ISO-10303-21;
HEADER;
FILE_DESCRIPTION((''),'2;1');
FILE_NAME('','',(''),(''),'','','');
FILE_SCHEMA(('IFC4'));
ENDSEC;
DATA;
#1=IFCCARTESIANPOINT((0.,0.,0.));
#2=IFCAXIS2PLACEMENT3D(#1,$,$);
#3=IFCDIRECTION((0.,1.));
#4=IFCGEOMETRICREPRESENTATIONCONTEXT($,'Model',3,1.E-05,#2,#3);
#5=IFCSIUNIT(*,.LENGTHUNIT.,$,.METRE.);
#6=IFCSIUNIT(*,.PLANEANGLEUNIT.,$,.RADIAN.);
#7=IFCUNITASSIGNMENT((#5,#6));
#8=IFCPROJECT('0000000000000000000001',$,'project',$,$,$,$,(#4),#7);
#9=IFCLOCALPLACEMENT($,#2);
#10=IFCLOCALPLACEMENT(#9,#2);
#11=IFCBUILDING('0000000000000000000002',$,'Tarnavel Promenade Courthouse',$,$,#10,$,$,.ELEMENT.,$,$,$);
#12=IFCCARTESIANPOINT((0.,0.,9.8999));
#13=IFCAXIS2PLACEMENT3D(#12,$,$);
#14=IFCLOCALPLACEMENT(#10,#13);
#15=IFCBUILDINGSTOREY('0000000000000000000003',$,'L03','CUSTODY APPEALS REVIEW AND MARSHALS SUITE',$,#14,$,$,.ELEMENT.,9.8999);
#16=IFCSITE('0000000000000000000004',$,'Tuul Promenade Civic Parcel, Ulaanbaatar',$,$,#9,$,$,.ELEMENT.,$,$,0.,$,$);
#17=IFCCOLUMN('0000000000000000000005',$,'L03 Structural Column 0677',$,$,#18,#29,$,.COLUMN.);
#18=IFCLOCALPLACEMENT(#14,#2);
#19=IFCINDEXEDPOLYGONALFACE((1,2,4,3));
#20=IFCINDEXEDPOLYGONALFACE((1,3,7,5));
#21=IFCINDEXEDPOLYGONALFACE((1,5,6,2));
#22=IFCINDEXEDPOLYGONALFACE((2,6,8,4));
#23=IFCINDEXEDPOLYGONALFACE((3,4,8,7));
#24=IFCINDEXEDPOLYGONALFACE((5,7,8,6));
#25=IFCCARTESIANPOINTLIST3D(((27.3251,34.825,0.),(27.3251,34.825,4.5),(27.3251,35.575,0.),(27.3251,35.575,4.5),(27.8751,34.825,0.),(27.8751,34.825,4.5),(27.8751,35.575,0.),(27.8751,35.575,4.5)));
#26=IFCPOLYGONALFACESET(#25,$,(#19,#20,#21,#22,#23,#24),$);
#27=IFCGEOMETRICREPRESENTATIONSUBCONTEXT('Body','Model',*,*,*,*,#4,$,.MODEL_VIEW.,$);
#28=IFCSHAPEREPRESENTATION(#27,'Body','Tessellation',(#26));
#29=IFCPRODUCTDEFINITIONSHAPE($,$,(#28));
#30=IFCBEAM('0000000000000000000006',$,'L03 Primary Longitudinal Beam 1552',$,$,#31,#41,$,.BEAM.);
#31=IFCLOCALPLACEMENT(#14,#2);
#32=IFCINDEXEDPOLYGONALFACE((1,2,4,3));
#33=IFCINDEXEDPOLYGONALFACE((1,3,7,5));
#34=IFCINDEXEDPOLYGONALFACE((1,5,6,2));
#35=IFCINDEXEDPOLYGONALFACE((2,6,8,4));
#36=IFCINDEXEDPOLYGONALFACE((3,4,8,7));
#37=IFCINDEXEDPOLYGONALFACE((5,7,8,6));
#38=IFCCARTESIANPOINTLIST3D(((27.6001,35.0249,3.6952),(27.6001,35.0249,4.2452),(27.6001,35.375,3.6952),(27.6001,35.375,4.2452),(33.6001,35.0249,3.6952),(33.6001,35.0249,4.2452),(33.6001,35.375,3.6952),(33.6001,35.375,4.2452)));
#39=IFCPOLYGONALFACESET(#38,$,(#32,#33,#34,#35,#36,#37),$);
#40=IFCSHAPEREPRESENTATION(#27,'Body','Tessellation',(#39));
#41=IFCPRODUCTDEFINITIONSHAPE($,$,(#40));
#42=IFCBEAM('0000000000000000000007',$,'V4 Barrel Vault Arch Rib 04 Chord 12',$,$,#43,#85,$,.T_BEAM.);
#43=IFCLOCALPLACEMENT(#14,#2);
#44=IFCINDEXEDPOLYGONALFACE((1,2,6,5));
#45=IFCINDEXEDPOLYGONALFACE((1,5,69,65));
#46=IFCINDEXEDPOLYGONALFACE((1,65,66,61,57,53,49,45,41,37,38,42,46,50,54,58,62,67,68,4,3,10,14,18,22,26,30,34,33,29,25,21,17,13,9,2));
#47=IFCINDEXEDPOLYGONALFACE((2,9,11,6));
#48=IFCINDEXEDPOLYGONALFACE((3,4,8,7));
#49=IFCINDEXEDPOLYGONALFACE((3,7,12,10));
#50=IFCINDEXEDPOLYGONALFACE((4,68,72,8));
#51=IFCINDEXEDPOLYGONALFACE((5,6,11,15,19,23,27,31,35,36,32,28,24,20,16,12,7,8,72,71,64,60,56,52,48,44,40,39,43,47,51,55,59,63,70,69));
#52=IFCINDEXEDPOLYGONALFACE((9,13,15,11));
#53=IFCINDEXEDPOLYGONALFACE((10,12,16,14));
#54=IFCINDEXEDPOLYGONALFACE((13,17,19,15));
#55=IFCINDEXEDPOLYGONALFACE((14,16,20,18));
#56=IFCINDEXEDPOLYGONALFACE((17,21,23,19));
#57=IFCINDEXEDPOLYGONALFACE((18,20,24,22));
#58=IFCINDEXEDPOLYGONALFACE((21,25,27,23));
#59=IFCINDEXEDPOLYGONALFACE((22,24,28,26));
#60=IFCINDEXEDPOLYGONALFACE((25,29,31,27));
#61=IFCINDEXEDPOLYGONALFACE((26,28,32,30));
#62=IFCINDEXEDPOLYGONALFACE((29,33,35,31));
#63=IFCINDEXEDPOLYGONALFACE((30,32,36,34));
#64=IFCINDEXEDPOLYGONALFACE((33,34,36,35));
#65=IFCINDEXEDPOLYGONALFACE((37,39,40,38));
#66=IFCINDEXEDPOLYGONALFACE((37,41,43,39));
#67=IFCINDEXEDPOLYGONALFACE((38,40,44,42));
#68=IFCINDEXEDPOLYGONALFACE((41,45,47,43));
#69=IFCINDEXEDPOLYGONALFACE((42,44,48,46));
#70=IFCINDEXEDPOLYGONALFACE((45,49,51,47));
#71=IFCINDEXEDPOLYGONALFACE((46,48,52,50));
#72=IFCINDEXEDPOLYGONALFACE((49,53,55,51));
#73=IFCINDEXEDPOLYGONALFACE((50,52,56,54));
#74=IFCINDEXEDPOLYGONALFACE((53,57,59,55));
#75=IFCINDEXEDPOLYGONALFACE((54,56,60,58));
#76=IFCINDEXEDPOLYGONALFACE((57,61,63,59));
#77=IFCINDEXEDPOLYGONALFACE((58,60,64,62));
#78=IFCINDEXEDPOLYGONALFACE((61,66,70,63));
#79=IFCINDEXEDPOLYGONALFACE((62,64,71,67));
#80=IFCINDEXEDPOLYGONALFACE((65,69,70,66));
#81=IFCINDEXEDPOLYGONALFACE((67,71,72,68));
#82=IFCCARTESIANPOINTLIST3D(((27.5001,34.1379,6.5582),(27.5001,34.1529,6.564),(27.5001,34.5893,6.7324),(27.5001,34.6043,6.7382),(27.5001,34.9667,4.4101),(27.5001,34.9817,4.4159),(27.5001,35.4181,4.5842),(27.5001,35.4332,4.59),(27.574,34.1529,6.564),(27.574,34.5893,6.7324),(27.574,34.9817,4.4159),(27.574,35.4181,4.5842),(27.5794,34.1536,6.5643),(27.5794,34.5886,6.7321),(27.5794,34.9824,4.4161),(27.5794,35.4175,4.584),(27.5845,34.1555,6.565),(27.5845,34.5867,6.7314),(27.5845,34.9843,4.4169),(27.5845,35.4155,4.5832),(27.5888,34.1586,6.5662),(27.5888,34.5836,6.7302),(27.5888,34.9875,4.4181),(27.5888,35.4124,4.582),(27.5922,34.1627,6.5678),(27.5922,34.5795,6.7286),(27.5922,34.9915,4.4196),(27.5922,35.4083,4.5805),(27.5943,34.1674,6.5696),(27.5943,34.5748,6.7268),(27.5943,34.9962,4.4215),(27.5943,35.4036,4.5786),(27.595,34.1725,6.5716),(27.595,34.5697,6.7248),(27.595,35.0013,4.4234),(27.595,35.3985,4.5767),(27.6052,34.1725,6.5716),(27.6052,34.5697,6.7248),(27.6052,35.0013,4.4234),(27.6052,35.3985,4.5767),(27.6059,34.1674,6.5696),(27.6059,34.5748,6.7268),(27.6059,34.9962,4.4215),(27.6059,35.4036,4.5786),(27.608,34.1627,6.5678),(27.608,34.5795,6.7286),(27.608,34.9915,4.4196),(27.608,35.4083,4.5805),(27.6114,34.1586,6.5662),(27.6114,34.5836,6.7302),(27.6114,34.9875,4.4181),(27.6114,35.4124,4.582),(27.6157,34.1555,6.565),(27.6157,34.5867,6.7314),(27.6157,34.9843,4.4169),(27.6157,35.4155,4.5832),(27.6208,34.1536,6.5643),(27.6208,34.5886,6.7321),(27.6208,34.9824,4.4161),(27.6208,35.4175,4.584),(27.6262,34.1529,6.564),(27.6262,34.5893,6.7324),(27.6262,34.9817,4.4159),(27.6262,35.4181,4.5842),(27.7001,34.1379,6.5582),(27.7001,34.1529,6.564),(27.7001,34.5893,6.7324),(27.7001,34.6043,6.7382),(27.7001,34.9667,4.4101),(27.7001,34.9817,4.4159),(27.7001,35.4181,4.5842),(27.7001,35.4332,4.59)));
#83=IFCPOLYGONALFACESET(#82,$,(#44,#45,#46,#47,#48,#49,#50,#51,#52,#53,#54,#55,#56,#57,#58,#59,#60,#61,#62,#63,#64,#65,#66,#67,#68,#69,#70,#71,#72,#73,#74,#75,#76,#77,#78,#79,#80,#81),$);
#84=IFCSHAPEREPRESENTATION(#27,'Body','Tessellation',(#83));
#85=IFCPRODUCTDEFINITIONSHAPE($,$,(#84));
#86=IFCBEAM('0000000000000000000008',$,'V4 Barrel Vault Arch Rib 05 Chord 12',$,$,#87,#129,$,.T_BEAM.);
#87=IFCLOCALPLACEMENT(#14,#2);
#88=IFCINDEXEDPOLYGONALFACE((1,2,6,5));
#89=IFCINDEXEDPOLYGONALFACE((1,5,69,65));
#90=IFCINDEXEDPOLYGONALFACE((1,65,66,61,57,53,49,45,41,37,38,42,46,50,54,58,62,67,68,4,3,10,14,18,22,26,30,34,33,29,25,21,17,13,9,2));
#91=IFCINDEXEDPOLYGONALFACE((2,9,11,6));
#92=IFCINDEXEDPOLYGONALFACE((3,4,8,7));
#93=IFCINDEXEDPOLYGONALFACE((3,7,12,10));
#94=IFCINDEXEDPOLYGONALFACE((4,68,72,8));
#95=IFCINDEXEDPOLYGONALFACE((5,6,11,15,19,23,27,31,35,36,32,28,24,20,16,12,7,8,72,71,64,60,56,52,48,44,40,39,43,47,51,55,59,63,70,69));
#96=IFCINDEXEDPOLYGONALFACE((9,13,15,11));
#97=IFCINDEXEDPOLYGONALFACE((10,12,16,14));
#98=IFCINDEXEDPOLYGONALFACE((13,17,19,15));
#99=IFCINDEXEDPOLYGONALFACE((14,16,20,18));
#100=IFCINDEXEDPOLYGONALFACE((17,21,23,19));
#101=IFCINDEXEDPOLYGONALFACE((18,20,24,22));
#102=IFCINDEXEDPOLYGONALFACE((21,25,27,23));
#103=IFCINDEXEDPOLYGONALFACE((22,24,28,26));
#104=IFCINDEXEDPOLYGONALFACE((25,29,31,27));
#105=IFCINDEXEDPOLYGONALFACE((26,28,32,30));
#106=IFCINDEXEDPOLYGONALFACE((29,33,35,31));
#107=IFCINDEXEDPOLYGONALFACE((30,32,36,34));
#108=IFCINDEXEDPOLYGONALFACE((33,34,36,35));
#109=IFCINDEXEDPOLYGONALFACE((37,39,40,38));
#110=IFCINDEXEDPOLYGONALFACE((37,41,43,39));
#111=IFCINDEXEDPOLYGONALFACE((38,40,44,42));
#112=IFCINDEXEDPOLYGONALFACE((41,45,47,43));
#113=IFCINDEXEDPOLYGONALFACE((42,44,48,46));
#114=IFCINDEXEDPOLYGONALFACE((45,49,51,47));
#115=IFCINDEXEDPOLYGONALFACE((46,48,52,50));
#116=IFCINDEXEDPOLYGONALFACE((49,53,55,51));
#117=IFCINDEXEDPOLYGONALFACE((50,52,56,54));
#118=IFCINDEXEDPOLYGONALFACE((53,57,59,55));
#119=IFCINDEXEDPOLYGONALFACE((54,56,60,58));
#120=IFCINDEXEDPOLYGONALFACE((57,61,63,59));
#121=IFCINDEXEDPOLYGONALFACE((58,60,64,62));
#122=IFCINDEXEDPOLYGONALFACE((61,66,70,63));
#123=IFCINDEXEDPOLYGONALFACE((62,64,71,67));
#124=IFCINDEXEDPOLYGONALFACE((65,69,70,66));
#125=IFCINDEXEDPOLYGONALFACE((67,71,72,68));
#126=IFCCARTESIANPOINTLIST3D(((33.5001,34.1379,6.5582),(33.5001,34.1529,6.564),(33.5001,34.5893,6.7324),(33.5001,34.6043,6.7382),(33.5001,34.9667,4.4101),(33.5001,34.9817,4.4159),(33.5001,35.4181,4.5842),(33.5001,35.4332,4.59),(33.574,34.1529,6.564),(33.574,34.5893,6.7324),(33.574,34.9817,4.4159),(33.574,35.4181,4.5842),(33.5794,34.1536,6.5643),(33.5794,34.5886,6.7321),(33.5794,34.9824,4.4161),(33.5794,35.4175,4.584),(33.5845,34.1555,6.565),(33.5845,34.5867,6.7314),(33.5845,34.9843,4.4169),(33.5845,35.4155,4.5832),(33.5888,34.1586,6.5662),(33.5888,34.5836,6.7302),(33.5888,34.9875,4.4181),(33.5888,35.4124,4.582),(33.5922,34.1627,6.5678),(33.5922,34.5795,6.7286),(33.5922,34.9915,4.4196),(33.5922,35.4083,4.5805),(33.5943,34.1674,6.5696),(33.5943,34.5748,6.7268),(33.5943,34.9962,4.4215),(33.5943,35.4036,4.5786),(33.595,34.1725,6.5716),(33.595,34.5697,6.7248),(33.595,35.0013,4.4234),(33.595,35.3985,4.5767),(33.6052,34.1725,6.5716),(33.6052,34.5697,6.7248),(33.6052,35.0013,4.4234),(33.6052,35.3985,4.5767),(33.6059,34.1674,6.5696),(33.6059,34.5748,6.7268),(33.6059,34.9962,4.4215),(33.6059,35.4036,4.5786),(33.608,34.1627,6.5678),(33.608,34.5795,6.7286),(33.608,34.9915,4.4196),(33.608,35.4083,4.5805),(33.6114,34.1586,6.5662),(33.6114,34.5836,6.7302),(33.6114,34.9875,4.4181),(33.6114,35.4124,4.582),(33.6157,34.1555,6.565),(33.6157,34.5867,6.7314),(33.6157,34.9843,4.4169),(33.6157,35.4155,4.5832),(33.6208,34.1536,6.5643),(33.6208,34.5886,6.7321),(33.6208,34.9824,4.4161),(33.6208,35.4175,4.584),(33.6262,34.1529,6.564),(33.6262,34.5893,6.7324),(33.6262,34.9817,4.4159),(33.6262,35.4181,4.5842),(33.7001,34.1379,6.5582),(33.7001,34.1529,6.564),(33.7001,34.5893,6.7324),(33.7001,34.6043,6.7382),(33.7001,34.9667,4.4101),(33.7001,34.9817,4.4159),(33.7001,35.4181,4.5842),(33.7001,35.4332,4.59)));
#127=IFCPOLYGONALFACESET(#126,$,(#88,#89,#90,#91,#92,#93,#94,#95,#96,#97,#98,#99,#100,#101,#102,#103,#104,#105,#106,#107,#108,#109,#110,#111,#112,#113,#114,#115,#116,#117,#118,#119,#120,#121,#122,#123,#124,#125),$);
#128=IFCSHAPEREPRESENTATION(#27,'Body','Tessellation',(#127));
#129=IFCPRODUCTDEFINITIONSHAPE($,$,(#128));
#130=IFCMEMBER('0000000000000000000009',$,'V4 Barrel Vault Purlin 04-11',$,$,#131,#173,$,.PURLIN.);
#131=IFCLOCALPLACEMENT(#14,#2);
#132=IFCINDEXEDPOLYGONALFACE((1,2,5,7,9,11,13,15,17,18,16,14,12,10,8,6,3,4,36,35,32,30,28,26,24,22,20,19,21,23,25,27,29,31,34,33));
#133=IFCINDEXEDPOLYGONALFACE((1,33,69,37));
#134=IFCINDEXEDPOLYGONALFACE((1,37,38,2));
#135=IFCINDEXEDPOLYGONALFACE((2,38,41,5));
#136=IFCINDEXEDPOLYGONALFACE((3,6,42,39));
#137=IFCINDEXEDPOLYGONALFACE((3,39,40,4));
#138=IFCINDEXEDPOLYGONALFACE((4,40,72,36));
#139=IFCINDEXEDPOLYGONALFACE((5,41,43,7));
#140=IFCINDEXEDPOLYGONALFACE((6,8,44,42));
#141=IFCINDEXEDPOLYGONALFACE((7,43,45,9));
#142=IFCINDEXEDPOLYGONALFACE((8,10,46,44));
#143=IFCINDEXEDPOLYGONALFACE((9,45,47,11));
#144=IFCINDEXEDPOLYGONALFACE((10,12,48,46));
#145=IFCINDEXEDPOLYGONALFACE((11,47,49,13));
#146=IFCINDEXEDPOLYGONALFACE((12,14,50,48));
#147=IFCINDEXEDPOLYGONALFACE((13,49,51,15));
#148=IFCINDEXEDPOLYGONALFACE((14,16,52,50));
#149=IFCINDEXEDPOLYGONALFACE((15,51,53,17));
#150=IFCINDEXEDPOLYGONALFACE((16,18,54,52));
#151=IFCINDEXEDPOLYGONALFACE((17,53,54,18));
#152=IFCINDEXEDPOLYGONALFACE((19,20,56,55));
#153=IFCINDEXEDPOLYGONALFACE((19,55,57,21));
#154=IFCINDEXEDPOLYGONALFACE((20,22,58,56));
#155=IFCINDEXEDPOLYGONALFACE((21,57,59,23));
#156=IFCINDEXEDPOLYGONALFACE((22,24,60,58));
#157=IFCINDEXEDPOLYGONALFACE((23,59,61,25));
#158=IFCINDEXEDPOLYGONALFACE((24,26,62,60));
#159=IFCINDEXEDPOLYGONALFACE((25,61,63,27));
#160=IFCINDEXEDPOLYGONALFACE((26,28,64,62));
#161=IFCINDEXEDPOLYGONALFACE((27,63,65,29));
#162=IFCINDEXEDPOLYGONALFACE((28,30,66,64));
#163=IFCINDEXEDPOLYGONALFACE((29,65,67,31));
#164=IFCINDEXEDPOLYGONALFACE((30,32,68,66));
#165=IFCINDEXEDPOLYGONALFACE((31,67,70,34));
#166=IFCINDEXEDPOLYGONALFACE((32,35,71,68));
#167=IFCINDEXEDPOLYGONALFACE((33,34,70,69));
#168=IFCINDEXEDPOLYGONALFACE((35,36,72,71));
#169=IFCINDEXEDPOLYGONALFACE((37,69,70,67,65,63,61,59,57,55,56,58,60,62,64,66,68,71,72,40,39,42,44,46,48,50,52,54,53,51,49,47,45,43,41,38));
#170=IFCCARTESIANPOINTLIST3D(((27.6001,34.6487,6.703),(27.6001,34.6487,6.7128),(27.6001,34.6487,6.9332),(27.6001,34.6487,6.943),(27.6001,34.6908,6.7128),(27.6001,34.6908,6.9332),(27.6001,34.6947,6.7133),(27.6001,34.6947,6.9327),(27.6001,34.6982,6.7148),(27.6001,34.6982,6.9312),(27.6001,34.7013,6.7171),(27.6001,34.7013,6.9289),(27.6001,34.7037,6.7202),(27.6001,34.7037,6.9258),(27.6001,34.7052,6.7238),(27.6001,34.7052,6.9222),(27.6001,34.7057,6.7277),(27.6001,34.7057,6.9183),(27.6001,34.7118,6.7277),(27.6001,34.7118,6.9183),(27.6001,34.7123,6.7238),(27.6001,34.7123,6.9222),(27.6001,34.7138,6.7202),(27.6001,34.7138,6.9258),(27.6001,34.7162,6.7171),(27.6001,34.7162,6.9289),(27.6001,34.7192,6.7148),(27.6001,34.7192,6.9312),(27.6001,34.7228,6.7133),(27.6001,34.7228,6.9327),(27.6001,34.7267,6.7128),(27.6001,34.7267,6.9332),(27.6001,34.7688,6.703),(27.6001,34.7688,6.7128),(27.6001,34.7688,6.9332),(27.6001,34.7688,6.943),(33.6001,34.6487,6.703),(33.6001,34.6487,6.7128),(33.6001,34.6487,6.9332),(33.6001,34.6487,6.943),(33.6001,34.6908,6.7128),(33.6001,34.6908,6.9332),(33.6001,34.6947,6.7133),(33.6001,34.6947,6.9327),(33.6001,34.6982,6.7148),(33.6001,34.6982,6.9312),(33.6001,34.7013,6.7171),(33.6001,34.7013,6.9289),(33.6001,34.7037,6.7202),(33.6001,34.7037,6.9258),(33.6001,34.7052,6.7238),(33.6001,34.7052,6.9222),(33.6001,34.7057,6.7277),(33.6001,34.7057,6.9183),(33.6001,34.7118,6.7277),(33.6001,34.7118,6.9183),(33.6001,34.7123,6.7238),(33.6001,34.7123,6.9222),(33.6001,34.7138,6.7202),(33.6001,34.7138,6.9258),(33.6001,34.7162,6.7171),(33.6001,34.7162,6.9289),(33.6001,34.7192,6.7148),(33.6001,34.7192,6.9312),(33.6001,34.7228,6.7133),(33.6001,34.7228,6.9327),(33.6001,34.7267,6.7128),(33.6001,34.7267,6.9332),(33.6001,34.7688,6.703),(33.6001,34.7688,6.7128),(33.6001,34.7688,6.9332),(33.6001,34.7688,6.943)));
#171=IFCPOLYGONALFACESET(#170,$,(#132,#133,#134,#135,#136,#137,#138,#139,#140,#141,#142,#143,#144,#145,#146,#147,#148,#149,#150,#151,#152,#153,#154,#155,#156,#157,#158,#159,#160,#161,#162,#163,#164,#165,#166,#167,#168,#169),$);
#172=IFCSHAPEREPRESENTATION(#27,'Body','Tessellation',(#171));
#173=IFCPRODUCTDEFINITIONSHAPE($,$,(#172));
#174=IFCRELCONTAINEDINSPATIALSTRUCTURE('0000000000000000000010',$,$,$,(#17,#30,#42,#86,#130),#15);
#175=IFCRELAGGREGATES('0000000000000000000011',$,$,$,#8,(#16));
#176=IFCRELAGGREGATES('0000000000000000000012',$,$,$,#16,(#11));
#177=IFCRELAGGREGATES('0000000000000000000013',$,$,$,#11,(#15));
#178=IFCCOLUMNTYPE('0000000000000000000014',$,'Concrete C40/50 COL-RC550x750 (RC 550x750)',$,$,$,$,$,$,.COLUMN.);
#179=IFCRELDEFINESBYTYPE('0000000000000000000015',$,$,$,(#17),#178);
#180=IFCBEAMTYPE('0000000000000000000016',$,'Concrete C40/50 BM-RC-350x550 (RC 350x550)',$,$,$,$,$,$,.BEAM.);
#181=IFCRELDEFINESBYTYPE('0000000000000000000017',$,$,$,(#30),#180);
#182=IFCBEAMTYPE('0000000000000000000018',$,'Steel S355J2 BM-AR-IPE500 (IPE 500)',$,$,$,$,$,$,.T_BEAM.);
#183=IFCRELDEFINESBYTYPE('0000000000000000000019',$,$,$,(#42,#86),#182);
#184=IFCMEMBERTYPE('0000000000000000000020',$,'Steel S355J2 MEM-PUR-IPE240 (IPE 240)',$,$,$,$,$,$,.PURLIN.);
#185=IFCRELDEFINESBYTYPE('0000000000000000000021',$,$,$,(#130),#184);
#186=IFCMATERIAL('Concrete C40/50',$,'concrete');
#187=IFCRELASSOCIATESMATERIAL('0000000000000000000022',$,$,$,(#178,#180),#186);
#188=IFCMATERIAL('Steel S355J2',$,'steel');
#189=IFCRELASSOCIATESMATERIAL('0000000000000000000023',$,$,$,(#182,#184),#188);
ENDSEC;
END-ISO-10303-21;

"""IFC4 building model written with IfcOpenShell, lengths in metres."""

from ifc_helpers import new_model, si_unit, direction, frame, origin, origin_2d, place, context, subcontext, project, spatial, rectangle, i_section, extrude, material, material_profile, profile_set, type_object, element, save


model = new_model("IFC4")

# Units and contexts
model_context = context("Model", 3, precision=1e-05, world=origin(), true_north=direction((0.0, 1.0)))
body_context = subcontext(model_context, "Body", "Model", "MODEL_VIEW")
ifc_project = project(units=[si_unit("LENGTHUNIT", "METRE"), si_unit("PLANEANGLEUNIT", "RADIAN")], contexts=[model_context])

# Site, building, storey
site_placement = place(None, origin())
site = spatial("IfcSite", under=ifc_project, at=site_placement, Name="Tuul Promenade Civic Parcel, Ulaanbaatar", CompositionType="ELEMENT", RefElevation=0.0)
building_placement = place(site_placement, origin())
building = spatial("IfcBuilding", under=site, at=building_placement, Name="Tarnavel Promenade Courthouse", CompositionType="ELEMENT")
storey_placement = place(building_placement, frame((0.0, 0.0, 9.8999)))
storey = spatial("IfcBuildingStorey", under=building, at=storey_placement, Name="L03", Description="CUSTODY APPEALS REVIEW AND MARSHALS SUITE", CompositionType="ELEMENT", Elevation=9.8999)

# Column
ifc_material_1 = material(Name="Concrete C40/50", Category="concrete")
ifc_material_profile_1 = material_profile(ifc_material_1, rectangle(XDim=0.55, YDim=0.75, at=origin_2d()), Name="RC 550x750")
ifc_profile_set_1 = profile_set([ifc_material_profile_1], Name="Concrete C40/50")
column_type = type_object("IfcColumnType", Name="Concrete C40/50 COL-RC550x750 (RC 550x750)", PredefinedType="COLUMN", material=ifc_profile_set_1)
column_placement = place(storey_placement, frame((27.6001, 35.2, 0.0), z_axis=(0.0, 0.0, 1.0), x_axis=(1.0, 0.0, 0.0)))
element("IfcColumn", 1, at=column_placement, inside=storey, type_object=column_type, Name="L03 Structural Column 0677", PredefinedType="COLUMN", context=body_context, shape_type="SweptSolid", body=[
    extrude(rectangle(XDim=0.55, YDim=0.75, at=origin_2d()), origin(), (0.0, 0.0, 1.0), 4.5),
])

# Beams
ifc_material_profile_2 = material_profile(ifc_material_1, rectangle(XDim=0.3501, YDim=0.55, at=origin_2d()), Name="RC 350x550")
ifc_profile_set_2 = profile_set([ifc_material_profile_2], Name="Concrete C40/50")
beam_type_1 = type_object("IfcBeamType", Name="Concrete C40/50 BM-RC-350x550 (RC 350x550)", PredefinedType="BEAM", material=ifc_profile_set_2)
beam_placement = place(storey_placement, frame((27.6001, 35.2, 3.9702), z_axis=(1.0, 0.0, 0.0), x_axis=(0.0, 1.0, 0.0)))
element("IfcBeam", 2, at=beam_placement, inside=storey, type_object=beam_type_1, Name="L03 Primary Longitudinal Beam 1552", PredefinedType="BEAM", context=body_context, shape_type="SweptSolid", body=[
    extrude(rectangle(XDim=0.3501, YDim=0.55, at=origin_2d()), origin(), (0.0, 0.0, 1.0), 6.0),
])
ifc_material_2 = material(Name="Steel S355J2", Category="steel")
ifc_material_profile_3 = material_profile(ifc_material_2, i_section(OverallWidth=0.2, OverallDepth=0.5, WebThickness=0.0103, FlangeThickness=0.0161, FilletRadius=0.021, at=origin_2d()), Name="IPE 500")
ifc_profile_set_3 = profile_set([ifc_material_profile_3], Name="Steel S355J2")
beam_type_2 = type_object("IfcBeamType", Name="Steel S355J2 BM-AR-IPE500 (IPE 500)", PredefinedType="T_BEAM", material=ifc_profile_set_3)
for number, where, z_axis, x_axis, name in (
    (3, (27.6001, 34.3711, 6.6482), (0.0, 0.359974, -0.932962), (-1.0, 0.0, 0.0), "V4 Barrel Vault Arch Rib 04 Chord 12"),
    (4, (33.6001, 34.3711, 6.6482), (0.0, 0.359974, -0.932962), (-1.0, 0.0, 0.0), "V4 Barrel Vault Arch Rib 05 Chord 12"),
):
    element("IfcBeam", number, at=place(storey_placement, frame(where, z_axis=z_axis, x_axis=x_axis)), inside=storey, type_object=beam_type_2, Name=name, PredefinedType="T_BEAM", context=body_context, shape_type="SweptSolid", body=[
        extrude(i_section(OverallWidth=0.2, OverallDepth=0.5, WebThickness=0.0103, FlangeThickness=0.0161, FilletRadius=0.021, at=origin_2d()), origin(), (0.0, 0.0, 1.0), 2.3025),
    ])

# Member
ifc_material_profile_4 = material_profile(ifc_material_2, i_section(OverallWidth=0.1201, OverallDepth=0.24, WebThickness=0.0061, FlangeThickness=0.0098, FilletRadius=0.0149, at=origin_2d()), Name="IPE 240")
ifc_profile_set_4 = profile_set([ifc_material_profile_4], Name="Steel S355J2")
member_type_1 = type_object("IfcMemberType", Name="Steel S355J2 MEM-PUR-IPE240 (IPE 240)", PredefinedType="PURLIN", material=ifc_profile_set_4)
for number, where, z_axis, x_axis, name in (
    (5, (27.6001, 34.7087, 6.823), (1.0, 0.0, 0.0), (0.0, 1.0, 0.0), "V4 Barrel Vault Purlin 04-11"),
):
    element("IfcMember", number, at=place(storey_placement, frame(where, z_axis=z_axis, x_axis=x_axis)), inside=storey, type_object=member_type_1, Name=name, PredefinedType="PURLIN", context=body_context, shape_type="SweptSolid", body=[
        extrude(i_section(OverallWidth=0.1201, OverallDepth=0.24, WebThickness=0.0061, FlangeThickness=0.0098, FilletRadius=0.0149, at=origin_2d()), origin(), (0.0, 0.0, 1.0), 6.0),
    ])

save(model, "model.ifc")
